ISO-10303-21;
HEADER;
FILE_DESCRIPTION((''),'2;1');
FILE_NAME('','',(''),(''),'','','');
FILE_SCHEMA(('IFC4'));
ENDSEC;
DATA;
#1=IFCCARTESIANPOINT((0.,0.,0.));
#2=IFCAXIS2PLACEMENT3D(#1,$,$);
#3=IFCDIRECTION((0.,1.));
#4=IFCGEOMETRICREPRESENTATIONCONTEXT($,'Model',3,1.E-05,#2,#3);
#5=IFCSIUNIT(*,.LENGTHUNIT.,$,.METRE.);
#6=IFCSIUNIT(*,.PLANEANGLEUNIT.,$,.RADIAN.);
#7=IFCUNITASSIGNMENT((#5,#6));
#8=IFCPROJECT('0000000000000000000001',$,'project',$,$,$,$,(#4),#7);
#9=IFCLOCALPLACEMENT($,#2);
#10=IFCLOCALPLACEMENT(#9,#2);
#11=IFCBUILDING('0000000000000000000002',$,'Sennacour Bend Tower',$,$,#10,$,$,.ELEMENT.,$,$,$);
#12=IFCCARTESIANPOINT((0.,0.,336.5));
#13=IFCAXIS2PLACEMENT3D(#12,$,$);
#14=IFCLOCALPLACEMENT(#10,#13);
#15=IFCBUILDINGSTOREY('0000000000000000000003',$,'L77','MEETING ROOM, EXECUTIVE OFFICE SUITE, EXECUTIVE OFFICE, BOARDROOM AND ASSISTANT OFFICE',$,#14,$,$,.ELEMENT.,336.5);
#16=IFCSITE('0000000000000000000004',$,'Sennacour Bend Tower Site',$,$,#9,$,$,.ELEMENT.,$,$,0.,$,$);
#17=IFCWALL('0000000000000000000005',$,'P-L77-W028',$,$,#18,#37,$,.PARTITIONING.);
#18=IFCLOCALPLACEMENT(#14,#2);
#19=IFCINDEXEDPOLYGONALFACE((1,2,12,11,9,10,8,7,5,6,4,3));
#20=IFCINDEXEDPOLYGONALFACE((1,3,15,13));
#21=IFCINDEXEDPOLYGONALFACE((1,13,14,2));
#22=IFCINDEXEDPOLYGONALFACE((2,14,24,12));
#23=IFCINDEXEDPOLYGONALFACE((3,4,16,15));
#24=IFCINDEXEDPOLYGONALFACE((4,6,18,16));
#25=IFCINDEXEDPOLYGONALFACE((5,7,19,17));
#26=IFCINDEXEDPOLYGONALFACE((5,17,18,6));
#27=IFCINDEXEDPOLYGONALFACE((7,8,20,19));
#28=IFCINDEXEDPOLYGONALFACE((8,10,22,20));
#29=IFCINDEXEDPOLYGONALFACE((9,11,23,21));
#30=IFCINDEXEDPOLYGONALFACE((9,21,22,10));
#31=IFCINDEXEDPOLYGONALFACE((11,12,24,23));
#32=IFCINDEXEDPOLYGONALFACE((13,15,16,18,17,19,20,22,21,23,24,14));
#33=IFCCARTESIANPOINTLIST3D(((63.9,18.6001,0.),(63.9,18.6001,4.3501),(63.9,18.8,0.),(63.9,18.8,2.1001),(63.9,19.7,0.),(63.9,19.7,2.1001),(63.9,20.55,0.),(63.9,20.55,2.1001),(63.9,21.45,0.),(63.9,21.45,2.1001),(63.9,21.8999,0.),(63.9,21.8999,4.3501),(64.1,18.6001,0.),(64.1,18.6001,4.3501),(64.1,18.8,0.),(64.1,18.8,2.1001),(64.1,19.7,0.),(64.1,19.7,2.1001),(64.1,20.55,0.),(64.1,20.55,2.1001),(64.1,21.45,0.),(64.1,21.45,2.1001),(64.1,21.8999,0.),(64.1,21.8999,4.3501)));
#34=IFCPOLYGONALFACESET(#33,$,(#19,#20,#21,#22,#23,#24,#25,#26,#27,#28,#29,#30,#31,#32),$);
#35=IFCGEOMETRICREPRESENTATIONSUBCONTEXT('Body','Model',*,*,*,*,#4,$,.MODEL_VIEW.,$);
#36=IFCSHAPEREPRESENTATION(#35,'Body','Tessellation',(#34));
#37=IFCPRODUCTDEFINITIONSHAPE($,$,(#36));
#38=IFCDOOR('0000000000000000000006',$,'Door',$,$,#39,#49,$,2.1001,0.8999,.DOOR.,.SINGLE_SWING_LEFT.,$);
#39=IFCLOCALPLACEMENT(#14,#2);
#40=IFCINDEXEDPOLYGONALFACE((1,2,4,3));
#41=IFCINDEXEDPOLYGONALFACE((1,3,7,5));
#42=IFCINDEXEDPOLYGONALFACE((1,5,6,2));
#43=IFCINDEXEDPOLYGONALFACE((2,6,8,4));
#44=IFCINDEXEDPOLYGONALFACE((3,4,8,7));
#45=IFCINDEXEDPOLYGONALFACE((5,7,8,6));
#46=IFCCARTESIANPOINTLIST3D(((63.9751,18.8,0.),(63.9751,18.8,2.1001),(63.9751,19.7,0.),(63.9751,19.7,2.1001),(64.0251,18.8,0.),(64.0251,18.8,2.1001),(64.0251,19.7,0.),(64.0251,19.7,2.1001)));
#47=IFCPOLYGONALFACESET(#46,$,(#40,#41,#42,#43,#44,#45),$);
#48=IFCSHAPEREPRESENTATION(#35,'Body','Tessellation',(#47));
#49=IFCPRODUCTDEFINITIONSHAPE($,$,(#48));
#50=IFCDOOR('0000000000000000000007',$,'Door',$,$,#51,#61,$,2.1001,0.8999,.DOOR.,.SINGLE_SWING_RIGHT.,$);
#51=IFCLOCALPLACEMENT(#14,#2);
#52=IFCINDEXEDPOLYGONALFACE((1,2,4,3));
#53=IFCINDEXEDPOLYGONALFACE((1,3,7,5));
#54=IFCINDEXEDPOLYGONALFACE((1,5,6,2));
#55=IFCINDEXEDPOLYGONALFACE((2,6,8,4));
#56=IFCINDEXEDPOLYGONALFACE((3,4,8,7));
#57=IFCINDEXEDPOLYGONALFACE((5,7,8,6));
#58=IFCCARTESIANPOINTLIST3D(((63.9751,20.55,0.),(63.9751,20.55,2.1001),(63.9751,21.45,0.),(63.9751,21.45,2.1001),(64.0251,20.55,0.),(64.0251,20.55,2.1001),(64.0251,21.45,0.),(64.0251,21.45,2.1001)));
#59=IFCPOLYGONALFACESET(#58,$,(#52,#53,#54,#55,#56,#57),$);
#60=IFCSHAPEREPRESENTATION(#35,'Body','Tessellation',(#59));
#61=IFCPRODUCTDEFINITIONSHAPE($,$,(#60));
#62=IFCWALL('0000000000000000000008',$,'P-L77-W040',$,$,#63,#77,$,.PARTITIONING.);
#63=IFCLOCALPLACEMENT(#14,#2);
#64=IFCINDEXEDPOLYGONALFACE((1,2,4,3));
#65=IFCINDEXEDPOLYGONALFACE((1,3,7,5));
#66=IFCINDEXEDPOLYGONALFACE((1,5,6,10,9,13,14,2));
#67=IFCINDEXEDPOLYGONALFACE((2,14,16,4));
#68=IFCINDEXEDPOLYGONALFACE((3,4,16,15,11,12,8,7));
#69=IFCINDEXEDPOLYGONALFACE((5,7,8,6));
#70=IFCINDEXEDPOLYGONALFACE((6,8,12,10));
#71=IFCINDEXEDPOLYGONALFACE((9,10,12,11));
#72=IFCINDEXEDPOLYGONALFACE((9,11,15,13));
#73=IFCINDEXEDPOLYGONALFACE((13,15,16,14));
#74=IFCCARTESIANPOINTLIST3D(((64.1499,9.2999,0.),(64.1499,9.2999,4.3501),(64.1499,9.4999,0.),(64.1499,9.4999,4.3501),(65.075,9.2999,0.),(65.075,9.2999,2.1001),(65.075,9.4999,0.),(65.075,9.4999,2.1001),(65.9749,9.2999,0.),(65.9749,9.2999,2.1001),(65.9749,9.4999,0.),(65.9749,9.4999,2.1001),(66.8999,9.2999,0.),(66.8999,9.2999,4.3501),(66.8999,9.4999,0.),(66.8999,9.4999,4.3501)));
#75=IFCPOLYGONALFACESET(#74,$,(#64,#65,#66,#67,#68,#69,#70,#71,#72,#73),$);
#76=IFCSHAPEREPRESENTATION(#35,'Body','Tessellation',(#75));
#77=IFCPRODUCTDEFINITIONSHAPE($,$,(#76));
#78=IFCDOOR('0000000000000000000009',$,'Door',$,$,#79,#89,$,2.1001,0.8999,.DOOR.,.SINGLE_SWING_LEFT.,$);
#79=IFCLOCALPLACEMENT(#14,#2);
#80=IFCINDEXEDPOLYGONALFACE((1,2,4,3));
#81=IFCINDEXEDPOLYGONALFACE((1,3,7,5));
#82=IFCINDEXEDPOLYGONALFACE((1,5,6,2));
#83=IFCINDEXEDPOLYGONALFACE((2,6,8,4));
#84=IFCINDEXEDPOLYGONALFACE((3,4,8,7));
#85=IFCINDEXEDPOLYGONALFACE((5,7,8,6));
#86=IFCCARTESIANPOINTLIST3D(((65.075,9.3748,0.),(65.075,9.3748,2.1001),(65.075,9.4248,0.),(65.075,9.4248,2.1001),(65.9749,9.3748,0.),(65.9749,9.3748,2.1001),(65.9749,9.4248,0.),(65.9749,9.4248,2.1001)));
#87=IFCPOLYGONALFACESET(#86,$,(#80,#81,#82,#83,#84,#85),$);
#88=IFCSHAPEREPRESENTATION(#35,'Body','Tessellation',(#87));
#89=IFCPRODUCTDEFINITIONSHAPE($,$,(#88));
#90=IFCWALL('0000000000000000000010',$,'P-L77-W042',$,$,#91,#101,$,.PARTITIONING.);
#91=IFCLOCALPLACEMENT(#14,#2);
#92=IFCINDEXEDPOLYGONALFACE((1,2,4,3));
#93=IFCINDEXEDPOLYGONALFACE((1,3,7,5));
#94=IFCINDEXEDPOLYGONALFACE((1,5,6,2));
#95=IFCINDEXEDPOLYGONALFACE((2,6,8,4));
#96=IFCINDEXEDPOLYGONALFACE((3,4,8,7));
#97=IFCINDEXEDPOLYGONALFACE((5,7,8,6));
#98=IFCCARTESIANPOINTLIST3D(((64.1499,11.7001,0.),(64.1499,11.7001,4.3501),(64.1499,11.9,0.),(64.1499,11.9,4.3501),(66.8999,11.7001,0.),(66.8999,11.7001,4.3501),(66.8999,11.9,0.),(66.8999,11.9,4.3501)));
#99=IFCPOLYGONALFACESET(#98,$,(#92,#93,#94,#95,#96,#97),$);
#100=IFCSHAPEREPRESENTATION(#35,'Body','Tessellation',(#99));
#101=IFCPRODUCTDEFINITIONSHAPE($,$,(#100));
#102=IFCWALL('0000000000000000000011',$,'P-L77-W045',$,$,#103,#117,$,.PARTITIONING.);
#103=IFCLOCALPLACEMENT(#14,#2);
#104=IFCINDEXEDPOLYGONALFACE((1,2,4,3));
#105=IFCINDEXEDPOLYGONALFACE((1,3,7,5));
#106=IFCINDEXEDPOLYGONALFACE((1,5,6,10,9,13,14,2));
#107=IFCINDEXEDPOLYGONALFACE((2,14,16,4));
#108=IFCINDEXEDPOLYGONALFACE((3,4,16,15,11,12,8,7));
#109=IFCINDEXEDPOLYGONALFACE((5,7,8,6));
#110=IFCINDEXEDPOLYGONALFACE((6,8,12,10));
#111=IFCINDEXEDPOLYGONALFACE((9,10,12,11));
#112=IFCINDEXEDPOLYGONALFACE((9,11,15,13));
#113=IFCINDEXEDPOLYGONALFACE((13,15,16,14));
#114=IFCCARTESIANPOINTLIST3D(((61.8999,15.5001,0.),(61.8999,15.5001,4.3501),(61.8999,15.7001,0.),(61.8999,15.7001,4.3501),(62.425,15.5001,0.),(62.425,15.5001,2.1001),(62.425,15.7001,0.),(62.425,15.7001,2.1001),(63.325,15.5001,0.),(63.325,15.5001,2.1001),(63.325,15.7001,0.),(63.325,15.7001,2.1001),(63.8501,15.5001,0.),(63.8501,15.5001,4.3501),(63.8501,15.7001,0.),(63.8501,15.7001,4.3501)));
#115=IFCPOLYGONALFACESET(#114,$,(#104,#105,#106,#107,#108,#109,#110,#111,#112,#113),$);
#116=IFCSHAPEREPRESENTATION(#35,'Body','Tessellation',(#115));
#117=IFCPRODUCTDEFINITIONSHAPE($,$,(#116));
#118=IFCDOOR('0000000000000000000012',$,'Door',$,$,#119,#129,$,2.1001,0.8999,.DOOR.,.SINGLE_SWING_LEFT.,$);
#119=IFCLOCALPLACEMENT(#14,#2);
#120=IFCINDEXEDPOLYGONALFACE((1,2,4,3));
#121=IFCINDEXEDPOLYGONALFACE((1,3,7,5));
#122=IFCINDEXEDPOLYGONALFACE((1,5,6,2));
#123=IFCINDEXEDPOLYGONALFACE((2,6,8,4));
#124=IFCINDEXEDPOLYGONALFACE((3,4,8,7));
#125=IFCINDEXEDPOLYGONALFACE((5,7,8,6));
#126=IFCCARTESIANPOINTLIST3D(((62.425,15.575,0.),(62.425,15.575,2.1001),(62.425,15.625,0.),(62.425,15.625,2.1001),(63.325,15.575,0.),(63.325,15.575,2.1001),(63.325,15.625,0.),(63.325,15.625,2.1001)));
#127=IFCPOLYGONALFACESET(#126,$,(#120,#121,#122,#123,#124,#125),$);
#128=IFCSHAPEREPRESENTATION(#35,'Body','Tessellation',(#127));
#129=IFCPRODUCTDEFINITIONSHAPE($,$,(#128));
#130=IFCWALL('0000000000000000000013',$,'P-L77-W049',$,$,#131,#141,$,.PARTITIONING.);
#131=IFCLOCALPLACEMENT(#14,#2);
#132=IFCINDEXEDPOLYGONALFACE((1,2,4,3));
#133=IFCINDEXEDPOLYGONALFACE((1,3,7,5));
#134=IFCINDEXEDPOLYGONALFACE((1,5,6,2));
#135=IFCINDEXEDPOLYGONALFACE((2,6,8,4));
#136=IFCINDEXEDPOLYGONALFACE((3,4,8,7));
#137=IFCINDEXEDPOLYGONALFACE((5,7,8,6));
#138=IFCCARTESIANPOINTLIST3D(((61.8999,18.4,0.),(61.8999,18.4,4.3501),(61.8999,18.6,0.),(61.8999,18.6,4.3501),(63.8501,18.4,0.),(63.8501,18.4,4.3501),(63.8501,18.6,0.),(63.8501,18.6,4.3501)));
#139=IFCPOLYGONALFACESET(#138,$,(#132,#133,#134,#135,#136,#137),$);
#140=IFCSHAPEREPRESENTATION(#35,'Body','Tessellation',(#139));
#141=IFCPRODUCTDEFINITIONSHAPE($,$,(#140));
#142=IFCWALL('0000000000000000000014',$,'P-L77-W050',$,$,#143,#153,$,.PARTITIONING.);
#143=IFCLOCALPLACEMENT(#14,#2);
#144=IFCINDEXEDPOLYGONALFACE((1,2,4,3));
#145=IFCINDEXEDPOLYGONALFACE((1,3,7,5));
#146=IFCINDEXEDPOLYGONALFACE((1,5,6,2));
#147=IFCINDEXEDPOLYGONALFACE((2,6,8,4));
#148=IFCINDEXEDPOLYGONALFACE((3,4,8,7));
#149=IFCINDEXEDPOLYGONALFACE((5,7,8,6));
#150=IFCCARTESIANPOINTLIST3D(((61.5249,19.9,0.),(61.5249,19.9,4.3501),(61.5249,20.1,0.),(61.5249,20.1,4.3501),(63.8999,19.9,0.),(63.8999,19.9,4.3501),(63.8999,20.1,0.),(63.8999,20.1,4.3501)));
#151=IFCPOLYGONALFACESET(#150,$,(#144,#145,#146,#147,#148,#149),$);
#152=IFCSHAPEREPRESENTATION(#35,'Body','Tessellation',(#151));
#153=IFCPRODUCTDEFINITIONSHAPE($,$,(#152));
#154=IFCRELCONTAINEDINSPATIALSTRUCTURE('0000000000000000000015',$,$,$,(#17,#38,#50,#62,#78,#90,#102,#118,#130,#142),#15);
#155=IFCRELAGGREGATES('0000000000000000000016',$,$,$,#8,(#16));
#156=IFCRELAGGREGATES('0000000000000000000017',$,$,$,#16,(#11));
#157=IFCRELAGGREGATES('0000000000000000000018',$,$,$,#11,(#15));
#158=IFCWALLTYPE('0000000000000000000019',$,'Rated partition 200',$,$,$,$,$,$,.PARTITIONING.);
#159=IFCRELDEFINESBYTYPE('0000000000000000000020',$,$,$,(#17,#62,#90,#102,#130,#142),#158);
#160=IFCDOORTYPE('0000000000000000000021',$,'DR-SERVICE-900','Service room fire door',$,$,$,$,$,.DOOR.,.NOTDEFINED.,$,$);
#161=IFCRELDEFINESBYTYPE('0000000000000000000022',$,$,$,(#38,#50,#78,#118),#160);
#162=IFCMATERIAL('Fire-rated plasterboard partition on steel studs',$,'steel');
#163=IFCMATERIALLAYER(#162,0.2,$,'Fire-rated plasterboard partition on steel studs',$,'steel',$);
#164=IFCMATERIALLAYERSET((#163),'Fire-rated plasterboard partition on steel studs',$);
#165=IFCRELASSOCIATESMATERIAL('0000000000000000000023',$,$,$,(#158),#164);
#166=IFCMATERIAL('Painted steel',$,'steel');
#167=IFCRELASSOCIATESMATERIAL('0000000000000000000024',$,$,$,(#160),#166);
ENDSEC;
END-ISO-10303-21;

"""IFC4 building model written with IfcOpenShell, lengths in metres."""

from ifc_helpers import new_model, si_unit, direction, frame, frame_2d, origin, place, context, subcontext, project, spatial, rectangle, extrude, material, layer, layer_set, type_object, element, fill, save


model = new_model("IFC4")

# Units and contexts
model_context = context("Model", 3, precision=1e-05, world=origin(), true_north=direction((0.0, 1.0)))
body_context = subcontext(model_context, "Body", "Model", "MODEL_VIEW")
ifc_project = project(units=[si_unit("LENGTHUNIT", "METRE"), si_unit("PLANEANGLEUNIT", "RADIAN")], contexts=[model_context])

# Site, building, storey
site_placement = place(None, origin())
site = spatial("IfcSite", under=ifc_project, at=site_placement, Name="Sennacour Bend Tower Site", CompositionType="ELEMENT", RefElevation=0.0)
building_placement = place(site_placement, origin())
building = spatial("IfcBuilding", under=site, at=building_placement, Name="Sennacour Bend Tower", CompositionType="ELEMENT")
storey_placement = place(building_placement, frame((0.0, 0.0, 336.5)))
storey = spatial("IfcBuildingStorey", under=building, at=storey_placement, Name="L77", Description="MEETING ROOM, EXECUTIVE OFFICE SUITE, EXECUTIVE OFFICE, BOARDROOM AND ASSISTANT OFFICE", CompositionType="ELEMENT", Elevation=336.5)

# Wall, openings, doors
ifc_material_1 = material(Name="Fire-rated plasterboard partition on steel studs", Category="steel")
ifc_layer_1 = layer(ifc_material_1, 0.2, Name="Fire-rated plasterboard partition on steel studs", Category="steel")
ifc_layer_set_1 = layer_set([ifc_layer_1], Name="Fire-rated plasterboard partition on steel studs")
wall_type_1 = type_object("IfcWallType", Name="Rated partition 200", PredefinedType="PARTITIONING", material=ifc_layer_set_1)
wall_1_placement = place(storey_placement, frame((64.0, 18.6001, 0.0), z_axis=(0.0, 0.0, 1.0), x_axis=(0.0, 1.0, 0.0)))
wall_1 = element("IfcWall", 1, at=wall_1_placement, inside=storey, type_object=wall_type_1, Name="P-L77-W028", PredefinedType="PARTITIONING", context=body_context, shape_type="SweptSolid", body=[
    extrude(rectangle(XDim=3.2998, YDim=0.2, at=frame_2d((1.6499, 0.0))), origin(), (0.0, 0.0, 1.0), 4.3501),
])
opening_1_placement = place(wall_1_placement, frame((0.2, 0.0, 0.0)))
opening_1 = element("IfcOpeningElement", 2, at=opening_1_placement, cuts=wall_1, PredefinedType="OPENING", context=body_context, shape_type="SweptSolid", body=[
    extrude(rectangle(XDim=0.8999, YDim=2.1001, at=frame_2d((0.45, 1.05))), frame((0.0, 0.1099, 0.0), z_axis=(0.0, -1.0, 0.0), x_axis=(1.0, 0.0, 0.0)), (0.0, 0.0, 1.0), 0.22),
])
opening_2_placement = place(wall_1_placement, frame((1.95, 0.0, 0.0)))
opening_2 = element("IfcOpeningElement", 3, at=opening_2_placement, cuts=wall_1, PredefinedType="OPENING", context=body_context, shape_type="SweptSolid", body=[
    extrude(rectangle(XDim=0.8999, YDim=2.1001, at=frame_2d((0.45, 1.05))), frame((0.0, 0.1099, 0.0), z_axis=(0.0, -1.0, 0.0), x_axis=(1.0, 0.0, 0.0)), (0.0, 0.0, 1.0), 0.22),
])
ifc_material_2 = material(Name="Painted steel", Category="steel")
door_type_1 = type_object("IfcDoorType", Name="DR-SERVICE-900", Description="Service room fire door", OperationType="NOTDEFINED", PredefinedType="DOOR", material=ifc_material_2)
door_1_placement = place(opening_1_placement, origin())
door_1 = element("IfcDoor", 4, at=door_1_placement, inside=storey, type_object=door_type_1, Name="Door", OperationType="SINGLE_SWING_LEFT", OverallHeight=2.1001, OverallWidth=0.8999, PredefinedType="DOOR", context=body_context, shape_type="SweptSolid", body=[
    extrude(rectangle(XDim=0.8999, YDim=2.1001, at=frame_2d((0.45, 1.05))), frame((0.0, 0.0249, 0.0), z_axis=(0.0, -1.0, 0.0), x_axis=(1.0, 0.0, 0.0)), (0.0, 0.0, 1.0), 0.05),
])
fill(opening_1, door_1)
door_2_placement = place(opening_2_placement, origin())
door_2 = element("IfcDoor", 5, at=door_2_placement, inside=storey, type_object=door_type_1, Name="Door", OperationType="SINGLE_SWING_RIGHT", OverallHeight=2.1001, OverallWidth=0.8999, PredefinedType="DOOR", context=body_context, shape_type="SweptSolid", body=[
    extrude(rectangle(XDim=0.8999, YDim=2.1001, at=frame_2d((0.45, 1.05))), frame((0.0, 0.0249, 0.0), z_axis=(0.0, -1.0, 0.0), x_axis=(1.0, 0.0, 0.0)), (0.0, 0.0, 1.0), 0.05),
])
fill(opening_2, door_2)

# Wall, opening, door
wall_2_placement = place(storey_placement, frame((64.1499, 9.3999, 0.0), z_axis=(0.0, 0.0, 1.0), x_axis=(1.0, 0.0, 0.0)))
wall_2 = element("IfcWall", 6, at=wall_2_placement, inside=storey, type_object=wall_type_1, Name="P-L77-W040", PredefinedType="PARTITIONING", context=body_context, shape_type="SweptSolid", body=[
    extrude(rectangle(XDim=2.75, YDim=0.2, at=frame_2d((1.375, 0.0))), origin(), (0.0, 0.0, 1.0), 4.3501),
])
opening_3_placement = place(wall_2_placement, frame((0.925, 0.0, 0.0)))
opening_3 = element("IfcOpeningElement", 7, at=opening_3_placement, cuts=wall_2, PredefinedType="OPENING", context=body_context, shape_type="SweptSolid", body=[
    extrude(rectangle(XDim=0.8999, YDim=2.1001, at=frame_2d((0.45, 1.05))), frame((0.0, 0.1099, 0.0), z_axis=(0.0, -1.0, 0.0), x_axis=(1.0, 0.0, 0.0)), (0.0, 0.0, 1.0), 0.22),
])
door_3_placement = place(opening_3_placement, origin())
door_3 = element("IfcDoor", 8, at=door_3_placement, inside=storey, type_object=door_type_1, Name="Door", OperationType="SINGLE_SWING_LEFT", OverallHeight=2.1001, OverallWidth=0.8999, PredefinedType="DOOR", context=body_context, shape_type="SweptSolid", body=[
    extrude(rectangle(XDim=0.8999, YDim=2.1001, at=frame_2d((0.45, 1.05))), frame((0.0, 0.0249, 0.0), z_axis=(0.0, -1.0, 0.0), x_axis=(1.0, 0.0, 0.0)), (0.0, 0.0, 1.0), 0.05),
])
fill(opening_3, door_3)

# Wall
wall_3_placement = place(storey_placement, frame((64.1499, 11.8, 0.0), z_axis=(0.0, 0.0, 1.0), x_axis=(1.0, 0.0, 0.0)))
element("IfcWall", 9, at=wall_3_placement, inside=storey, type_object=wall_type_1, Name="P-L77-W042", PredefinedType="PARTITIONING", context=body_context, shape_type="SweptSolid", body=[
    extrude(rectangle(XDim=2.75, YDim=0.2, at=frame_2d((1.375, 0.0))), origin(), (0.0, 0.0, 1.0), 4.3501),
])

# Wall, opening, door
wall_4_placement = place(storey_placement, frame((61.8999, 15.6001, 0.0), z_axis=(0.0, 0.0, 1.0), x_axis=(1.0, 0.0, 0.0)))
wall_4 = element("IfcWall", 10, at=wall_4_placement, inside=storey, type_object=wall_type_1, Name="P-L77-W045", PredefinedType="PARTITIONING", context=body_context, shape_type="SweptSolid", body=[
    extrude(rectangle(XDim=1.9502, YDim=0.2, at=frame_2d((0.9751, 0.0))), origin(), (0.0, 0.0, 1.0), 4.3501),
])
opening_4_placement = place(wall_4_placement, frame((0.5251, 0.0, 0.0)))
opening_4 = element("IfcOpeningElement", 11, at=opening_4_placement, cuts=wall_4, PredefinedType="OPENING", context=body_context, shape_type="SweptSolid", body=[
    extrude(rectangle(XDim=0.8999, YDim=2.1001, at=frame_2d((0.45, 1.05))), frame((0.0, 0.1099, 0.0), z_axis=(0.0, -1.0, 0.0), x_axis=(1.0, 0.0, 0.0)), (0.0, 0.0, 1.0), 0.22),
])
door_4_placement = place(opening_4_placement, origin())
door_4 = element("IfcDoor", 12, at=door_4_placement, inside=storey, type_object=door_type_1, Name="Door", OperationType="SINGLE_SWING_LEFT", OverallHeight=2.1001, OverallWidth=0.8999, PredefinedType="DOOR", context=body_context, shape_type="SweptSolid", body=[
    extrude(rectangle(XDim=0.8999, YDim=2.1001, at=frame_2d((0.45, 1.05))), frame((0.0, 0.0249, 0.0), z_axis=(0.0, -1.0, 0.0), x_axis=(1.0, 0.0, 0.0)), (0.0, 0.0, 1.0), 0.05),
])
fill(opening_4, door_4)

# Walls
wall_5_placement = place(storey_placement, frame((61.8999, 18.5, 0.0), z_axis=(0.0, 0.0, 1.0), x_axis=(1.0, 0.0, 0.0)))
element("IfcWall", 13, at=wall_5_placement, inside=storey, type_object=wall_type_1, Name="P-L77-W049", PredefinedType="PARTITIONING", context=body_context, shape_type="SweptSolid", body=[
    extrude(rectangle(XDim=1.9502, YDim=0.2, at=frame_2d((0.9751, 0.0))), origin(), (0.0, 0.0, 1.0), 4.3501),
])
wall_6_placement = place(storey_placement, frame((61.5249, 20.0, 0.0), z_axis=(0.0, 0.0, 1.0), x_axis=(1.0, 0.0, 0.0)))
element("IfcWall", 14, at=wall_6_placement, inside=storey, type_object=wall_type_1, Name="P-L77-W050", PredefinedType="PARTITIONING", context=body_context, shape_type="SweptSolid", body=[
    extrude(rectangle(XDim=2.375, YDim=0.2, at=frame_2d((1.1875, 0.0))), origin(), (0.0, 0.0, 1.0), 4.3501),
])

save(model, "model.ifc")
